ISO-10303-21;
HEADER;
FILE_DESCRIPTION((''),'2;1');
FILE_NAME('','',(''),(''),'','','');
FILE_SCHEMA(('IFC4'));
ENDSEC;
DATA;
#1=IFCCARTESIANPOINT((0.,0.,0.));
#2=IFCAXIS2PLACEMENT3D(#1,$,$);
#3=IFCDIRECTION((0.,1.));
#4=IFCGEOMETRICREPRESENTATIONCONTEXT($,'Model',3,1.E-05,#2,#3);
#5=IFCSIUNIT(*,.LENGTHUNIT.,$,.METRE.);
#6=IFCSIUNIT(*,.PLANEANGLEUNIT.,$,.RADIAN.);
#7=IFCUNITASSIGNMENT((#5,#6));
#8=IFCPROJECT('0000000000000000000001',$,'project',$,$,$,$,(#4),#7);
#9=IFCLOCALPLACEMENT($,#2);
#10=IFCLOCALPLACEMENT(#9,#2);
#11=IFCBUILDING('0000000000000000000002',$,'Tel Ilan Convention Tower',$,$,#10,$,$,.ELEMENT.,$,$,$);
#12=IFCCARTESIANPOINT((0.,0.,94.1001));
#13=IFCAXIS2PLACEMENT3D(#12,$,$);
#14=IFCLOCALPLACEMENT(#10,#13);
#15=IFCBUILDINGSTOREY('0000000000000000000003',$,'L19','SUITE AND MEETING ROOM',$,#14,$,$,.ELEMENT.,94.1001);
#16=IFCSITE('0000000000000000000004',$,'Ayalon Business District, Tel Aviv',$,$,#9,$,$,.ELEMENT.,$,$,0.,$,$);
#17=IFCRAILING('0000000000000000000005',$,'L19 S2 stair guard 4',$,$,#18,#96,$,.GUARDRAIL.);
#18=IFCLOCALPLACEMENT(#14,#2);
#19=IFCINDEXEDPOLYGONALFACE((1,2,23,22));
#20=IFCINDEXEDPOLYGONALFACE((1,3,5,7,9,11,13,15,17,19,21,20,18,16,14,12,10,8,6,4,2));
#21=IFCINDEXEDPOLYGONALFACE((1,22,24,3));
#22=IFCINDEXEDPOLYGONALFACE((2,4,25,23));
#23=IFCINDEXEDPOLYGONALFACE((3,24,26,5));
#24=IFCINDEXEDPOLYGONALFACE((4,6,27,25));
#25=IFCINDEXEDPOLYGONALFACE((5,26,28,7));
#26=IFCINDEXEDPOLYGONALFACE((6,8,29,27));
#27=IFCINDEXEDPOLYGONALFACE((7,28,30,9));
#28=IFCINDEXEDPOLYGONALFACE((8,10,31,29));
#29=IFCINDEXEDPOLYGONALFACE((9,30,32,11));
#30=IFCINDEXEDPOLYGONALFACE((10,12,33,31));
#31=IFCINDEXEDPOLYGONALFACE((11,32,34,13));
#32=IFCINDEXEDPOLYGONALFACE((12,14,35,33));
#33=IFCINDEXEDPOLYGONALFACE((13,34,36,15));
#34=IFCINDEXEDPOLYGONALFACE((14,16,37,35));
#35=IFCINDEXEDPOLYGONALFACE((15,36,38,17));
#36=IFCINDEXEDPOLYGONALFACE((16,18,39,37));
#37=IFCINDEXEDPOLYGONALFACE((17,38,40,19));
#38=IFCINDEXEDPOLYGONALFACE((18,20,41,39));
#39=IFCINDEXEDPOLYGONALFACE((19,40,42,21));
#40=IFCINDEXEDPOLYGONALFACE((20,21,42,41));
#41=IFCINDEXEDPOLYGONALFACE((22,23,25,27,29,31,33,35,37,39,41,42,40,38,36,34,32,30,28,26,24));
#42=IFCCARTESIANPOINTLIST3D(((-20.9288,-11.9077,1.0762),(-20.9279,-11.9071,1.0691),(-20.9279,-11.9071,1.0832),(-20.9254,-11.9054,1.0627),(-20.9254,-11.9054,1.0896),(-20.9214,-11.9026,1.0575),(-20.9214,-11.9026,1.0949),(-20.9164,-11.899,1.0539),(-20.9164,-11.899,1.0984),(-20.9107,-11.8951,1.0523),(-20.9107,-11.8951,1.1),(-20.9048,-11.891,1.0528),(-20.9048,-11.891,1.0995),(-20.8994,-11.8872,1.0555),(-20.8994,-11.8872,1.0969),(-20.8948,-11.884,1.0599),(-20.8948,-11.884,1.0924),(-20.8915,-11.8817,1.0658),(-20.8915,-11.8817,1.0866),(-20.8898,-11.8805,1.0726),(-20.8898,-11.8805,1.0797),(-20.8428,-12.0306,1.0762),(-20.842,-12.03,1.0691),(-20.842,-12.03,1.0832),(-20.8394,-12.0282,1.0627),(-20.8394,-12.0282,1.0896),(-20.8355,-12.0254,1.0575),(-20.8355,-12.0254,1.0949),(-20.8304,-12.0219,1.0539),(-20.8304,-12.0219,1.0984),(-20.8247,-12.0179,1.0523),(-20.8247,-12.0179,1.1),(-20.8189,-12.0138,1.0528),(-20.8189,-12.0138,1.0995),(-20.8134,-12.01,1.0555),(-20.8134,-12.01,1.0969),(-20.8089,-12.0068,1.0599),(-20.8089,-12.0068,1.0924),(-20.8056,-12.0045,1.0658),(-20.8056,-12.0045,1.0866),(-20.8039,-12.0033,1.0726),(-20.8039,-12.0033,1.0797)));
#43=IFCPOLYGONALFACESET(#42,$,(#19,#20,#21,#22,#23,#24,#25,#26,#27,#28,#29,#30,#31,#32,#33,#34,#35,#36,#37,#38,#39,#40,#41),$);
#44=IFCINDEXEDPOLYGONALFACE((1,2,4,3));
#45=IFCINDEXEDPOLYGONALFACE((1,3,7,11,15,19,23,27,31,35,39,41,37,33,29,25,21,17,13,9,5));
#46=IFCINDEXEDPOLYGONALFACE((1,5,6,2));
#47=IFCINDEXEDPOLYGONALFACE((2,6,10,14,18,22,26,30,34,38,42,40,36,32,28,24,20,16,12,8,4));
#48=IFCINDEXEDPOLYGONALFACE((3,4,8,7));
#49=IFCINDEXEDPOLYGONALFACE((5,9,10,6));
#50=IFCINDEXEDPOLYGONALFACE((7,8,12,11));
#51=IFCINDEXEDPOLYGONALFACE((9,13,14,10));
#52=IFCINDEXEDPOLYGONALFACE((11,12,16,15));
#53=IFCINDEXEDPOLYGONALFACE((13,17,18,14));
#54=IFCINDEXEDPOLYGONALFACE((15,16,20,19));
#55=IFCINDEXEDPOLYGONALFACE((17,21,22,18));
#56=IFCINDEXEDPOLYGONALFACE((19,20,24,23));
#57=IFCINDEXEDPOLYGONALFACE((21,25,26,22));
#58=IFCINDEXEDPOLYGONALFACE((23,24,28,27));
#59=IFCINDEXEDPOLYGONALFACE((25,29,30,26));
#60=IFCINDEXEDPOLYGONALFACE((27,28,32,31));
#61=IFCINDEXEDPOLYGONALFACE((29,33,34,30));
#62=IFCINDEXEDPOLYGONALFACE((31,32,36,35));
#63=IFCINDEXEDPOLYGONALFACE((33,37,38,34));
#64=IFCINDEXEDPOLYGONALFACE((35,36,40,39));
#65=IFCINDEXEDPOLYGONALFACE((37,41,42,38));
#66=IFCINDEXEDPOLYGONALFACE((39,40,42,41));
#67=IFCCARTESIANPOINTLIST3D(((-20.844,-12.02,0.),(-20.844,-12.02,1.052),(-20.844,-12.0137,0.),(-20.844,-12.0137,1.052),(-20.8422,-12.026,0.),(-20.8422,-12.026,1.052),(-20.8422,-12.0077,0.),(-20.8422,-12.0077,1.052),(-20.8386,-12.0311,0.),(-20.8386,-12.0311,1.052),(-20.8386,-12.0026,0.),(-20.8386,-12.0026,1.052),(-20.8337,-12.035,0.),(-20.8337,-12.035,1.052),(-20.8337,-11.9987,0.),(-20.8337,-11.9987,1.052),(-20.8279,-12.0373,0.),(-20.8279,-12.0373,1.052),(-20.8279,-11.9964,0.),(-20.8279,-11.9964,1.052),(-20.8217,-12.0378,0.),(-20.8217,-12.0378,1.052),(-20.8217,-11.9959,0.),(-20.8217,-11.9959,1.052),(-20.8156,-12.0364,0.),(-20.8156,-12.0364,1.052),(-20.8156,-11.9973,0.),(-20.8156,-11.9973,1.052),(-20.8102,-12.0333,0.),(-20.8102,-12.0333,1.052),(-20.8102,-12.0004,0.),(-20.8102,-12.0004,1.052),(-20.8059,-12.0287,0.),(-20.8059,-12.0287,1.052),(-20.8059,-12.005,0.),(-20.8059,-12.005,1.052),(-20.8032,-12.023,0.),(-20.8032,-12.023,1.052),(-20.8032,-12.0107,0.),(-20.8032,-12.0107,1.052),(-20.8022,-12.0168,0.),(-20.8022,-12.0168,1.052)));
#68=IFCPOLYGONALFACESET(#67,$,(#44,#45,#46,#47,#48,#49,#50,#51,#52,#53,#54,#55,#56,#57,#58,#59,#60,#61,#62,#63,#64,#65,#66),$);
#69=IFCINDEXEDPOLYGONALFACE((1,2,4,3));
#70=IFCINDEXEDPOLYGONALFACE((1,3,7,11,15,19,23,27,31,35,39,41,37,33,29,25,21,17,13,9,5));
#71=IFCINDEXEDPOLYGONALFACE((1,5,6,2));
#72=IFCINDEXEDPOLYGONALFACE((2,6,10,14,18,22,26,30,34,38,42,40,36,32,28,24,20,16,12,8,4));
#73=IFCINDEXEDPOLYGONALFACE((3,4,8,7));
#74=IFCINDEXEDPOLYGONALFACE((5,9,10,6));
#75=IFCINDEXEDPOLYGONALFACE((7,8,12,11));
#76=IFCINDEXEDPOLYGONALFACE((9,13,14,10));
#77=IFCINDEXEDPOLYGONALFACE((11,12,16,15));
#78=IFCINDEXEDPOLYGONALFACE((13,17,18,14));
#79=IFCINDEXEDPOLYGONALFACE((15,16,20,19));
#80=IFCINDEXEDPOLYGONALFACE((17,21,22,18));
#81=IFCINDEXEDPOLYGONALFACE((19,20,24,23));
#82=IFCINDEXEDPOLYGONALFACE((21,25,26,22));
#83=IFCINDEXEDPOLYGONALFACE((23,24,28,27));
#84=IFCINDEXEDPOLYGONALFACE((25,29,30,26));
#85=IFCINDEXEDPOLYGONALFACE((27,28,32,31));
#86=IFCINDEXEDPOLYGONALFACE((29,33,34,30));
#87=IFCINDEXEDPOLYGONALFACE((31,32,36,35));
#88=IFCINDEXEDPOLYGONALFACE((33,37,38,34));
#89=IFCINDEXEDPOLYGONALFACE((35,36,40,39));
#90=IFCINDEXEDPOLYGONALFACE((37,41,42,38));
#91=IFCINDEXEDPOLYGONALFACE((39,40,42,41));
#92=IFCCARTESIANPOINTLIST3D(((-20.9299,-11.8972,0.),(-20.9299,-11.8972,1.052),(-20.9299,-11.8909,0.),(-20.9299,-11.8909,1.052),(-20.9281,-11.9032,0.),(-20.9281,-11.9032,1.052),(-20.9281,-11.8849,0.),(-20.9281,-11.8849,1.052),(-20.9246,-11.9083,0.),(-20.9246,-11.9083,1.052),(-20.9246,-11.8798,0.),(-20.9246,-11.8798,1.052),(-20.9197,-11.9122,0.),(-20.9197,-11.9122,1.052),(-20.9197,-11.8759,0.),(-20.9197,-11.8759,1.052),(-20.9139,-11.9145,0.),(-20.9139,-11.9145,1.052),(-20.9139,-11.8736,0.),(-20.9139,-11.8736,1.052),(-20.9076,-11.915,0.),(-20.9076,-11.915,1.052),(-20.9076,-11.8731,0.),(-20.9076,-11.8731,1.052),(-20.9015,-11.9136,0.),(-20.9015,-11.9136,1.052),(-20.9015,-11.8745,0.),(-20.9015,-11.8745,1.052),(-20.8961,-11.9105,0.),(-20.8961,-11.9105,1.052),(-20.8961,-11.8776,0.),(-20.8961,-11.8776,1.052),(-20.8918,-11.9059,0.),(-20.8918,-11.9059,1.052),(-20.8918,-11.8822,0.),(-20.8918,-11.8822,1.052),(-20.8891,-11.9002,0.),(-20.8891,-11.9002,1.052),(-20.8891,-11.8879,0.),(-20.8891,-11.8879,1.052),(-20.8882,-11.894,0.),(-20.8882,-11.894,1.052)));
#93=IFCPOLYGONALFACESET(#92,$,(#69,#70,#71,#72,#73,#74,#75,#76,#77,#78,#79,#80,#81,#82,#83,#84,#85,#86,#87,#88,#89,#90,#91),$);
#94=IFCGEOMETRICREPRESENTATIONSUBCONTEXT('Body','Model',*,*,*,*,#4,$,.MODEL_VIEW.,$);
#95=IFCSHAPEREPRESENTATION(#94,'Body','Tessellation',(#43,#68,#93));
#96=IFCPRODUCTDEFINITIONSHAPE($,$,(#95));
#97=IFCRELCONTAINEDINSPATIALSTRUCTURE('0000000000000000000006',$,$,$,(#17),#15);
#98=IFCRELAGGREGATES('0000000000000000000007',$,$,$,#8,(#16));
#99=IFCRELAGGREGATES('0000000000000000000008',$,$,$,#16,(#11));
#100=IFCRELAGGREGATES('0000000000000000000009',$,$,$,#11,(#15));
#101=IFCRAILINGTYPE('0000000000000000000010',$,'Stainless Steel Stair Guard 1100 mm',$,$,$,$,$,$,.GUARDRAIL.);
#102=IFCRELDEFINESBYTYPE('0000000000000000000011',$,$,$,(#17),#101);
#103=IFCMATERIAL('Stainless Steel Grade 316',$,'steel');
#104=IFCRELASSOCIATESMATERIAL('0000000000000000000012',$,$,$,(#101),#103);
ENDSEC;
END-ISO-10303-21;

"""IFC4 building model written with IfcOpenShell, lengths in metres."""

from ifc_helpers import new_model, si_unit, direction, frame, origin, origin_2d, place, context, subcontext, project, spatial, circle, extrude, material, type_object, element, save


model = new_model("IFC4")

# Units and contexts
model_context = context("Model", 3, precision=1e-05, world=origin(), true_north=direction((0.0, 1.0)))
body_context = subcontext(model_context, "Body", "Model", "MODEL_VIEW")
ifc_project = project(units=[si_unit("LENGTHUNIT", "METRE"), si_unit("PLANEANGLEUNIT", "RADIAN")], contexts=[model_context])

# Site, building, storey
site_placement = place(None, origin())
site = spatial("IfcSite", under=ifc_project, at=site_placement, Name="Ayalon Business District, Tel Aviv", CompositionType="ELEMENT", RefElevation=0.0)
building_placement = place(site_placement, origin())
building = spatial("IfcBuilding", under=site, at=building_placement, Name="Tel Ilan Convention Tower", CompositionType="ELEMENT")
storey_placement = place(building_placement, frame((0.0, 0.0, 94.1001)))
storey = spatial("IfcBuildingStorey", under=building, at=storey_placement, Name="L19", Description="SUITE AND MEETING ROOM", CompositionType="ELEMENT", Elevation=94.1001)

# Railing
ifc_material_1 = material(Name="Stainless Steel Grade 316", Category="steel")
railing_type_1 = type_object("IfcRailingType", Name="Stainless Steel Stair Guard 1100 mm", PredefinedType="GUARDRAIL", material=ifc_material_1)
railing_1_placement = place(storey_placement, frame((-20.8232, -12.0168, 0.0)))
element("IfcRailing", 1, at=railing_1_placement, inside=storey, type_object=railing_type_1, Name="L19 S2 stair guard 4", PredefinedType="GUARDRAIL", context=body_context, shape_type="SweptSolid", body=[
    extrude(circle(Radius=0.0239, at=origin_2d()), frame((0.0, 0.0, 1.0762), z_axis=(-0.573353, 0.819308, 0.0), x_axis=(-0.819308, -0.573353, 0.0)), (0.0, 0.0, 1.0), 0.1499),
    extrude(circle(Radius=0.021, at=origin_2d()), origin(), (0.0, 0.0, 1.0), 1.052),
    extrude(circle(Radius=0.021, at=origin_2d()), frame((-0.0859, 0.1228, 0.0)), (0.0, 0.0, 1.0), 1.052),
])

save(model, "model.ifc")
